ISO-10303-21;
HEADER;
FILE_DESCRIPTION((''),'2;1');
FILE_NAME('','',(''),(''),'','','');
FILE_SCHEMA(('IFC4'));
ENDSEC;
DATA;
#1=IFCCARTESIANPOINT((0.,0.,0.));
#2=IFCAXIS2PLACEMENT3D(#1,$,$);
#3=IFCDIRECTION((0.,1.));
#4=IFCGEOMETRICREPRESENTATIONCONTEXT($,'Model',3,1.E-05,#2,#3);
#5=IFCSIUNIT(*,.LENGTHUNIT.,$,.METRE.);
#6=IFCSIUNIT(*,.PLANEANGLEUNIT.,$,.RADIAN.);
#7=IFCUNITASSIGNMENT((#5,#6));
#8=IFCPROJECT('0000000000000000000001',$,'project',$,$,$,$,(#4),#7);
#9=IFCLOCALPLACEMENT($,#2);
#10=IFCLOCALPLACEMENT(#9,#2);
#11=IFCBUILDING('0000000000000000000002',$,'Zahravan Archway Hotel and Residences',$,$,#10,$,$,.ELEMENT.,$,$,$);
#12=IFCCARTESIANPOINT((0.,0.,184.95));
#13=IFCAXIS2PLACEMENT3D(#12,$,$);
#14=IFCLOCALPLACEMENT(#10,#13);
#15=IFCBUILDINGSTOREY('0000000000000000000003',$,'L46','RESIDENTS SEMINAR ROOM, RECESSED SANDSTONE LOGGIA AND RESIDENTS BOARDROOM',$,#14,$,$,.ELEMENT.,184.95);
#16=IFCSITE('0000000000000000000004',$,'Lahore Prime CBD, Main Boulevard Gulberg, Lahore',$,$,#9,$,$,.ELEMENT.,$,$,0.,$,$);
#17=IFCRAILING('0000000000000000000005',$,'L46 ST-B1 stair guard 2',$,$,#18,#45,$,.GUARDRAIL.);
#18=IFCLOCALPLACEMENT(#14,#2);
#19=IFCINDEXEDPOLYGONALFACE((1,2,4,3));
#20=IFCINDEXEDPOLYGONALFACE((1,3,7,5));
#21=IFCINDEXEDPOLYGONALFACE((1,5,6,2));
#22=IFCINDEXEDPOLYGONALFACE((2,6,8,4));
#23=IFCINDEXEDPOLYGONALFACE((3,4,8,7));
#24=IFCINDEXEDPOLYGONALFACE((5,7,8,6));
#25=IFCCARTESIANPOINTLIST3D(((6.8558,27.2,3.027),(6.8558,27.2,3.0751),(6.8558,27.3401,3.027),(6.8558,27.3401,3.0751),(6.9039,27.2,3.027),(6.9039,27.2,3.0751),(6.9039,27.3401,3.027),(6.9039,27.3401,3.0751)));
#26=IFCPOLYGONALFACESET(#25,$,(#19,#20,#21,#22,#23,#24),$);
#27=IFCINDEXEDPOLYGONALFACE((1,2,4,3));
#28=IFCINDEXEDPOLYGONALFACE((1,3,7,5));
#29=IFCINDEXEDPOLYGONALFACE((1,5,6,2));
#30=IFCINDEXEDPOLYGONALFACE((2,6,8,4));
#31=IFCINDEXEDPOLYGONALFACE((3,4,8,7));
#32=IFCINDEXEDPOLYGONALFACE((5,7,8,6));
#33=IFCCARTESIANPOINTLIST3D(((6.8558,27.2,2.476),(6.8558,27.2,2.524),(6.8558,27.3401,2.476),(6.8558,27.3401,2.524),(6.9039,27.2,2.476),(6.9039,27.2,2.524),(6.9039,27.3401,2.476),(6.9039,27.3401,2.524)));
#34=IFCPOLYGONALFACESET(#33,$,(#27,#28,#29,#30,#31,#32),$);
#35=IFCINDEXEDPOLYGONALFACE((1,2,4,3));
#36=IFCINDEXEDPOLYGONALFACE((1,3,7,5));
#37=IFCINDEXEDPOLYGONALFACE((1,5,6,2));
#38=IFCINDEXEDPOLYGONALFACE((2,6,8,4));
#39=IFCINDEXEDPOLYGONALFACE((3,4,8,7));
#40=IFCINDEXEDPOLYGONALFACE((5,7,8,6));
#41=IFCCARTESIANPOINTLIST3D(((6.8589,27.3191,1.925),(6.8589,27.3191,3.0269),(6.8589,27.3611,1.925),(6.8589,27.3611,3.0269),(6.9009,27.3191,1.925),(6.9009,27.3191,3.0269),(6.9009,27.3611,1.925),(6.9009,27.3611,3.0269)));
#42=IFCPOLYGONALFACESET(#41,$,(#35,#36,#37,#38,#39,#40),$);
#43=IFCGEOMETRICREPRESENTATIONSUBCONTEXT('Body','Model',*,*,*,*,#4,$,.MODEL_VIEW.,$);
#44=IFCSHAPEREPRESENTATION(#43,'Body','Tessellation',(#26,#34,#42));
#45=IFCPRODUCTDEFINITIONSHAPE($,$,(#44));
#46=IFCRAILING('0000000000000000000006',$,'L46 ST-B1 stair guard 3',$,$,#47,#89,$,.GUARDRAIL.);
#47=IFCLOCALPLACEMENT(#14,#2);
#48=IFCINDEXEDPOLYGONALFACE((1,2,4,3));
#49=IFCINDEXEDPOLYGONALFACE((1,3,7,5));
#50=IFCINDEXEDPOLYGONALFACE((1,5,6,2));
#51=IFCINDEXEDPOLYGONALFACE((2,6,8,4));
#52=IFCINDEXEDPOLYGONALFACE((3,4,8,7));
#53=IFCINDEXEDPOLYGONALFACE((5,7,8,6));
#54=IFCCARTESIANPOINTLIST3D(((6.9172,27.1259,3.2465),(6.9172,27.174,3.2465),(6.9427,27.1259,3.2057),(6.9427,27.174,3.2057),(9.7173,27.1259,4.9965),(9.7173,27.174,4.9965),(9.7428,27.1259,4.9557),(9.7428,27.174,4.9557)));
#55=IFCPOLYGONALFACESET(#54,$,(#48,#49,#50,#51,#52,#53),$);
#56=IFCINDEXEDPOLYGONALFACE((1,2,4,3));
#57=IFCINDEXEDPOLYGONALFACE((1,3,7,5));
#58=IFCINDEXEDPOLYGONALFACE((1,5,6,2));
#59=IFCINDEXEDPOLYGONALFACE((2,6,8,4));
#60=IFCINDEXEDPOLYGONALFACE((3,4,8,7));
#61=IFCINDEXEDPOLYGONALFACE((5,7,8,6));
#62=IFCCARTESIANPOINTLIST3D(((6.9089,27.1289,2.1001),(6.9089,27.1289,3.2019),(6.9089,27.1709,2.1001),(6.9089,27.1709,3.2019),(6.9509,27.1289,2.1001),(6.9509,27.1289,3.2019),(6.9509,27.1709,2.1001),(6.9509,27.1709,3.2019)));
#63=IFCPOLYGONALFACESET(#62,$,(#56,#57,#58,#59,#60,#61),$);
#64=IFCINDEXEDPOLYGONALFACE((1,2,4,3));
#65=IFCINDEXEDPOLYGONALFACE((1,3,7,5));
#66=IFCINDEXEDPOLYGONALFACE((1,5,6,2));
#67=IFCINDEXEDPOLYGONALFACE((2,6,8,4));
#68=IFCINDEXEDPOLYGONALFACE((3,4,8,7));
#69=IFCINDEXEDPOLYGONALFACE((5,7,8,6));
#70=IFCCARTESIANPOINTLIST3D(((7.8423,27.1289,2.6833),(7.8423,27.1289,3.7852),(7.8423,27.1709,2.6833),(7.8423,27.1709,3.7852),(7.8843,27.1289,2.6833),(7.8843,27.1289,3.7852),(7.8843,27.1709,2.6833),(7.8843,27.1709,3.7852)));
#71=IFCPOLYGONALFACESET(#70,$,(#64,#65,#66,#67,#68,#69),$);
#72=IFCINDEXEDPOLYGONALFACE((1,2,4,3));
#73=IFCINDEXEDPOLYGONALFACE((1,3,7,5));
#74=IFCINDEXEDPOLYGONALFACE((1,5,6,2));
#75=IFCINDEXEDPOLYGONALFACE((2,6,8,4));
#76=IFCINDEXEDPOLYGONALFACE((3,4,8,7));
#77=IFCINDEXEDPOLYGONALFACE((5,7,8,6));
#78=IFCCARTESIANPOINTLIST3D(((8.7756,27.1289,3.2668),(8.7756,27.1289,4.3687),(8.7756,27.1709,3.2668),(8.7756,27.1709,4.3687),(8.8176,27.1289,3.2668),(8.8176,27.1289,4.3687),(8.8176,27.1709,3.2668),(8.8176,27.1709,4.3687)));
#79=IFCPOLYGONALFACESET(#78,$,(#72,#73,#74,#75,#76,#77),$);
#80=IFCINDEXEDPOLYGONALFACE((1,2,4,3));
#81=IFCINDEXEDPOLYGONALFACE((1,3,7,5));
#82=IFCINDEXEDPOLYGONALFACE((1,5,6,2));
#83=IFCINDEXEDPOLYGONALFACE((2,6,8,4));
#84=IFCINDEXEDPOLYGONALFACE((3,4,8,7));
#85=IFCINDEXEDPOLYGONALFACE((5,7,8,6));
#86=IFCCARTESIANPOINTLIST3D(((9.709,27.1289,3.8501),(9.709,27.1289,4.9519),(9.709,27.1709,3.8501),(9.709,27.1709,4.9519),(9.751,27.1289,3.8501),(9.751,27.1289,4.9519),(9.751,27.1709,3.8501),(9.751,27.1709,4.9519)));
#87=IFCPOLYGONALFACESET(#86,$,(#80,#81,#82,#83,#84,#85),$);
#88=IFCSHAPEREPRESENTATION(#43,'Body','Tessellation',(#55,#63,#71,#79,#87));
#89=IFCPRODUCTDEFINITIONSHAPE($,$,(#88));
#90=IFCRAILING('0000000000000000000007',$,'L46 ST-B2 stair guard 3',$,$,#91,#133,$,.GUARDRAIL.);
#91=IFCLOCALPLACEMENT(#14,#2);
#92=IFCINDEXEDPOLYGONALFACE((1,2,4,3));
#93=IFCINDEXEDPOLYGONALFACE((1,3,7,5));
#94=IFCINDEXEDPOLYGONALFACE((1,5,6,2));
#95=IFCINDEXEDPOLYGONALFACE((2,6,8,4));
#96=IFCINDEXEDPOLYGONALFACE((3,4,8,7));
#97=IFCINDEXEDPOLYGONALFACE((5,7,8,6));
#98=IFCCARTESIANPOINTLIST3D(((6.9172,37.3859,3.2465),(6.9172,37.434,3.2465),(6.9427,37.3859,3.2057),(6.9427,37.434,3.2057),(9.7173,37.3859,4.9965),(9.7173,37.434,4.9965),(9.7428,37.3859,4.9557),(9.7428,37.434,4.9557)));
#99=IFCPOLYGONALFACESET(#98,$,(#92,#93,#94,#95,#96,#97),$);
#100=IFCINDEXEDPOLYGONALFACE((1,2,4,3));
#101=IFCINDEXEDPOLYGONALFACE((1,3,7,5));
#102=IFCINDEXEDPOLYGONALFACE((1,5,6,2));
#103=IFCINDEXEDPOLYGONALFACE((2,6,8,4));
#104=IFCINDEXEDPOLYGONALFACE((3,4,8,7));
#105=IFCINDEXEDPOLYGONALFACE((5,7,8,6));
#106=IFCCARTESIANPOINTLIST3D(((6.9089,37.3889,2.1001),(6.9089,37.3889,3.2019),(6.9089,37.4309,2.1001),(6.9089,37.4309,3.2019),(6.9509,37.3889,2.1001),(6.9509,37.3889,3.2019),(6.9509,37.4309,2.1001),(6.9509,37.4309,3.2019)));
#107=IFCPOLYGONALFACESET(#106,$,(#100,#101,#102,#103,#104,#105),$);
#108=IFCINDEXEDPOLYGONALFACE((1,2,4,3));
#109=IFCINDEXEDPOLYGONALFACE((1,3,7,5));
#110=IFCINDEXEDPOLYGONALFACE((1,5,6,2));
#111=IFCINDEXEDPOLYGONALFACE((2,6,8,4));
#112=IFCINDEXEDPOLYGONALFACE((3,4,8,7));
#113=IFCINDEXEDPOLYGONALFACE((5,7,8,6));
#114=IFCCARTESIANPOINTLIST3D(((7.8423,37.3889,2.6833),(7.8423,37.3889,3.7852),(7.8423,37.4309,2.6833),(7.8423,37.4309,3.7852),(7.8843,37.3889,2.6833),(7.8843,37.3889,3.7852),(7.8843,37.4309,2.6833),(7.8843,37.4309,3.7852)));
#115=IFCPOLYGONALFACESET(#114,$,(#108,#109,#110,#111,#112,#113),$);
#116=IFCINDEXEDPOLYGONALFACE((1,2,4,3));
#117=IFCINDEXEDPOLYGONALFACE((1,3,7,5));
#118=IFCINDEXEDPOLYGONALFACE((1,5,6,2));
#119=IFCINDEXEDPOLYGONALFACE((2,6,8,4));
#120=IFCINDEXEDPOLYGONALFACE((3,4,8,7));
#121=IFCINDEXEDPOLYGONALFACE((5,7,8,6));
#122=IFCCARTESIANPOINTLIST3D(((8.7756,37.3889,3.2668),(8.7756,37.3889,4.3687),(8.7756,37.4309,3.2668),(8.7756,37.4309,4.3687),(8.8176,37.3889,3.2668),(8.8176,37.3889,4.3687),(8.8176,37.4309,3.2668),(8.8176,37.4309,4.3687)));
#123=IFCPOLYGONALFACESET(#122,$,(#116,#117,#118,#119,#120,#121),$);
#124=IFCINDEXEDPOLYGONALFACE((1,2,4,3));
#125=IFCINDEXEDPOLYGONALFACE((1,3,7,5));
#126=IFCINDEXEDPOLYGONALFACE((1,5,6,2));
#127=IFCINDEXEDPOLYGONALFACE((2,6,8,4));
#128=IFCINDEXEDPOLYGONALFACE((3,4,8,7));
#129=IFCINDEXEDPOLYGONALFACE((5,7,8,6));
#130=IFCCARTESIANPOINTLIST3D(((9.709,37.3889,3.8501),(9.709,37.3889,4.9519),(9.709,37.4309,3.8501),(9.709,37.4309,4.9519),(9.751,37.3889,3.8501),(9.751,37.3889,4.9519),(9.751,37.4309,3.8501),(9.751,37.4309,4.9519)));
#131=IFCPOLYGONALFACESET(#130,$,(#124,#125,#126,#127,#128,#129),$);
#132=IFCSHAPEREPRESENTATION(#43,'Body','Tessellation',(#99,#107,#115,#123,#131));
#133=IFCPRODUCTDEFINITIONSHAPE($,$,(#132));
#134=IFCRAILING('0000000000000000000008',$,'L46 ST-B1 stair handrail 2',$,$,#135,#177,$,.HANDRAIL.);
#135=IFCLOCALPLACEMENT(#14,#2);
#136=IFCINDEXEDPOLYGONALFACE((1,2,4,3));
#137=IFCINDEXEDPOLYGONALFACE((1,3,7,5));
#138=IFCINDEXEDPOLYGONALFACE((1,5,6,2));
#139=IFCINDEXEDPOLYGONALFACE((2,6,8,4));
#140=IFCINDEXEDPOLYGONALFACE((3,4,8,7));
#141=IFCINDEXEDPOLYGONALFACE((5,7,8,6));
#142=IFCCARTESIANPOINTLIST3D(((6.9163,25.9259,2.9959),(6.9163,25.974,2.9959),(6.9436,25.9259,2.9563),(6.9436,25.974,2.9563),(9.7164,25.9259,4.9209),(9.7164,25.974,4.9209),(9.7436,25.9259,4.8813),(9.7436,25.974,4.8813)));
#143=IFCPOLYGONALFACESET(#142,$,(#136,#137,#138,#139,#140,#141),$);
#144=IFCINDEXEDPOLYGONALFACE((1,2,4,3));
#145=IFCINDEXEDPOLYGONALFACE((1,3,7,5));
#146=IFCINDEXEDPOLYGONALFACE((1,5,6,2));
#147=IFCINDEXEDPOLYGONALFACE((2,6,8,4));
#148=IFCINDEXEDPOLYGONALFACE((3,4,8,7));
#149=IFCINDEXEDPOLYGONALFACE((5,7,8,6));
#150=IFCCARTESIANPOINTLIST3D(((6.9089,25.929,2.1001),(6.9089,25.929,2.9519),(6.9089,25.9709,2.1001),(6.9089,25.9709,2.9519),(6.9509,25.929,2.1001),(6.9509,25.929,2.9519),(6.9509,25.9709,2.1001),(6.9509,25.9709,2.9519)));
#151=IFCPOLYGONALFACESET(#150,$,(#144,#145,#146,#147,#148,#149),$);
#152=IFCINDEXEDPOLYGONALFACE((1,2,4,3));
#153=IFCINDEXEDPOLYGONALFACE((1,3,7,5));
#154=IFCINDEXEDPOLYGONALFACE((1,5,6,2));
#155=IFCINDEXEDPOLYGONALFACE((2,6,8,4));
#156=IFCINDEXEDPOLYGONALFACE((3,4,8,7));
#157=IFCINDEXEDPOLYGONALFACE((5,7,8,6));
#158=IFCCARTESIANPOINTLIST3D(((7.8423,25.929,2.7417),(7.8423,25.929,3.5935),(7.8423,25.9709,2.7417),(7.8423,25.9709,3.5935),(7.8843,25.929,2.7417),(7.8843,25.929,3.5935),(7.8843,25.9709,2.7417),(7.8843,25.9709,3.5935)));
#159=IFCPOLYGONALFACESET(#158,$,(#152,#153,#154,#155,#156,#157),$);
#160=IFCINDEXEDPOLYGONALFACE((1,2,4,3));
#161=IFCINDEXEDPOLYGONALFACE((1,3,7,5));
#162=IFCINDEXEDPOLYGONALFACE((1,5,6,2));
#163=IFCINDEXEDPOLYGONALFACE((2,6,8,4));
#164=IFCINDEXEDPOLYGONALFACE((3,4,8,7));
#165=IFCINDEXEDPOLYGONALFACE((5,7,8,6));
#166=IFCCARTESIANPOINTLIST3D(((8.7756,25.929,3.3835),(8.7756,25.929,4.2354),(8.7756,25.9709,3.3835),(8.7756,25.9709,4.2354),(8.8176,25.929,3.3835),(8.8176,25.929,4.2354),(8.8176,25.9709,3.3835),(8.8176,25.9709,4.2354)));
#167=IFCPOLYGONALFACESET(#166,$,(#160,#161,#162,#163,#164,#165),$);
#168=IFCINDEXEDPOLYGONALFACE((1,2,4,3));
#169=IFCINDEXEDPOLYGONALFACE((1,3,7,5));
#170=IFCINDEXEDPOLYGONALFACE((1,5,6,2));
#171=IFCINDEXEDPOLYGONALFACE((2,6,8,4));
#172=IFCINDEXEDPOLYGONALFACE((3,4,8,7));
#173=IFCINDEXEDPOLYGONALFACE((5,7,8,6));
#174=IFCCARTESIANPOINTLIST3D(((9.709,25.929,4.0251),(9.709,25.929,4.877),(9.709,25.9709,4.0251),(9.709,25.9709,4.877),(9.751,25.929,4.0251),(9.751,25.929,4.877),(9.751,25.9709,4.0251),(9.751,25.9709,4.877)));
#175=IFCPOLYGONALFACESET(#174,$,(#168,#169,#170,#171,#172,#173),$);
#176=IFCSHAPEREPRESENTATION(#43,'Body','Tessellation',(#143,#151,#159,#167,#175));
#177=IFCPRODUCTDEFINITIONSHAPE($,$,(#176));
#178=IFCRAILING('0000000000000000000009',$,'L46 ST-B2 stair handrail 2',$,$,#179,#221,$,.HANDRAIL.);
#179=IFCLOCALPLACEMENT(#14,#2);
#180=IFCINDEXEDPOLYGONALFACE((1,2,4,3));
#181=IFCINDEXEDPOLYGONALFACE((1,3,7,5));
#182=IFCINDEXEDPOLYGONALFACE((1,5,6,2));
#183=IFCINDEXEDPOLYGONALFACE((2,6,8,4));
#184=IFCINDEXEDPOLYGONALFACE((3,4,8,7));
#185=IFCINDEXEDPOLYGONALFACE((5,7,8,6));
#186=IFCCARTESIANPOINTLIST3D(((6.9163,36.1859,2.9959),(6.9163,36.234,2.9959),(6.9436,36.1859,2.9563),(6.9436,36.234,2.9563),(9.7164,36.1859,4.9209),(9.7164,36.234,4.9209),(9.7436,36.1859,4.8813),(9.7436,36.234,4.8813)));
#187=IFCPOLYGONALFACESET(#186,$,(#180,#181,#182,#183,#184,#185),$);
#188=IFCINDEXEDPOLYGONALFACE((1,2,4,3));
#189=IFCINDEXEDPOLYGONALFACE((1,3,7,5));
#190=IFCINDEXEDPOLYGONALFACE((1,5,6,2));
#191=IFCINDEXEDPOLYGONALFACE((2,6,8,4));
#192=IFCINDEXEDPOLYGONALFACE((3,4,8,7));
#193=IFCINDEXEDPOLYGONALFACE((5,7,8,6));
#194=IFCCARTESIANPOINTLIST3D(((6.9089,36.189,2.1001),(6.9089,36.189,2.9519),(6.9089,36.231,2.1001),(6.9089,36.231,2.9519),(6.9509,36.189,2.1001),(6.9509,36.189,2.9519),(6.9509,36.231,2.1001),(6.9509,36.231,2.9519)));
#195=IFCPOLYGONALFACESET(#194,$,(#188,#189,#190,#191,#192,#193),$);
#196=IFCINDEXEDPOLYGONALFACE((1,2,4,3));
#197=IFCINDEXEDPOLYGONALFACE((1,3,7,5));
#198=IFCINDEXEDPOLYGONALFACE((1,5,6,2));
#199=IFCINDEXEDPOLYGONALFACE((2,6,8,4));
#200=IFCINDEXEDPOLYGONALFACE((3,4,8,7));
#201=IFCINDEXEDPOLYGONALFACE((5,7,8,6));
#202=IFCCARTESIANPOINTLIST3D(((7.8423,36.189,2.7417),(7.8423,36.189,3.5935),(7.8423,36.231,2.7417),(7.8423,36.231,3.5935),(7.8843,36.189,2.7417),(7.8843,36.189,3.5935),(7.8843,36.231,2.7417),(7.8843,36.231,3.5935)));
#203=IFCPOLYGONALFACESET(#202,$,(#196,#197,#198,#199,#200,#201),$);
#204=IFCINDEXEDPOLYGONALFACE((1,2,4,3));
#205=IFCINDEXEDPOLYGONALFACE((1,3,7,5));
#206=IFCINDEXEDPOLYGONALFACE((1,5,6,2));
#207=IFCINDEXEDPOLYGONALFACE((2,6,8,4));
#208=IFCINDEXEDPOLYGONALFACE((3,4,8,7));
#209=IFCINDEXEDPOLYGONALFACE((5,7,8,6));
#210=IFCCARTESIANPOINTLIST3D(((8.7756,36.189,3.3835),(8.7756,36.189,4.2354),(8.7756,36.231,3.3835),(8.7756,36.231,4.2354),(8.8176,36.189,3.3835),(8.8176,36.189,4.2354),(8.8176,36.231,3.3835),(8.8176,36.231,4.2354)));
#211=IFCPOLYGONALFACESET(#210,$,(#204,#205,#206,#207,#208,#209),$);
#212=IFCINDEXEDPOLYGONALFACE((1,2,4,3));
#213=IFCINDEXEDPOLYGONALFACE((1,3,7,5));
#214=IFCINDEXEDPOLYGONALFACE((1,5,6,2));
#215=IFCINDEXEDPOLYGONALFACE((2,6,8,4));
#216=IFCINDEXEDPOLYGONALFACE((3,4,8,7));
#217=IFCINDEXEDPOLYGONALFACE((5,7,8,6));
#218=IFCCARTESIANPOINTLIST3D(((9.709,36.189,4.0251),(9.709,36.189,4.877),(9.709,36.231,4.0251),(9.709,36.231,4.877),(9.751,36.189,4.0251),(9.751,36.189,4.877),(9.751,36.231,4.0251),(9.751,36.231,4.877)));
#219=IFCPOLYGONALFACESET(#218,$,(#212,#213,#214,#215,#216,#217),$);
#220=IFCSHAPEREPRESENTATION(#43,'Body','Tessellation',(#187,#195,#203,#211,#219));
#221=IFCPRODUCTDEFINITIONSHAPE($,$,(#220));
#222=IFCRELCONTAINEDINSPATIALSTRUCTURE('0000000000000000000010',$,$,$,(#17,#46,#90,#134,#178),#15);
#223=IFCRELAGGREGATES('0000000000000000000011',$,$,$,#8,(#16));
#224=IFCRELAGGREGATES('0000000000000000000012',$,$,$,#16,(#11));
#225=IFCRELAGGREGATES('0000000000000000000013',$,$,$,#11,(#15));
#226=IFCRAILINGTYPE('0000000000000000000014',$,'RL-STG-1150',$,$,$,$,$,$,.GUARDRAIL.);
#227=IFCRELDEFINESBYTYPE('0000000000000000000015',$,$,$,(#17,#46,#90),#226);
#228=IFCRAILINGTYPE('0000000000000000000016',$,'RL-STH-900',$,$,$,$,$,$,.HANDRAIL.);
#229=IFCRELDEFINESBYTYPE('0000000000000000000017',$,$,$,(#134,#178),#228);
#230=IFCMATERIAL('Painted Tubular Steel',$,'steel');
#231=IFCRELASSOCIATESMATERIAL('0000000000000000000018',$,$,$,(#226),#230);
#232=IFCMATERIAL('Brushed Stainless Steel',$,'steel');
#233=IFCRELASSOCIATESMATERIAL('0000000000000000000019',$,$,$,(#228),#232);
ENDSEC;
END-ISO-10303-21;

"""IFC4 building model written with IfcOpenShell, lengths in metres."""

from ifc_helpers import new_model, si_unit, direction, frame, origin, origin_2d, place, context, subcontext, project, spatial, rectangle, extrude, material, type_object, element, save


model = new_model("IFC4")

# Units and contexts
model_context = context("Model", 3, precision=1e-05, world=origin(), true_north=direction((0.0, 1.0)))
body_context = subcontext(model_context, "Body", "Model", "MODEL_VIEW")
ifc_project = project(units=[si_unit("LENGTHUNIT", "METRE"), si_unit("PLANEANGLEUNIT", "RADIAN")], contexts=[model_context])

# Site, building, storey
site_placement = place(None, origin())
site = spatial("IfcSite", under=ifc_project, at=site_placement, Name="Lahore Prime CBD, Main Boulevard Gulberg, Lahore", CompositionType="ELEMENT", RefElevation=0.0)
building_placement = place(site_placement, origin())
building = spatial("IfcBuilding", under=site, at=building_placement, Name="Zahravan Archway Hotel and Residences", CompositionType="ELEMENT")
storey_placement = place(building_placement, frame((0.0, 0.0, 184.95)))
storey = spatial("IfcBuildingStorey", under=building, at=storey_placement, Name="L46", Description="RESIDENTS SEMINAR ROOM, RECESSED SANDSTONE LOGGIA AND RESIDENTS BOARDROOM", CompositionType="ELEMENT", Elevation=184.95)

# Shared definitions
ifc_material_1 = material(Name="Brushed Stainless Steel", Category="steel")

# Railings
ifc_material_2 = material(Name="Painted Tubular Steel", Category="steel")
railing_type_1 = type_object("IfcRailingType", Name="RL-STG-1150", PredefinedType="GUARDRAIL", material=ifc_material_2)
railing_1_placement = place(storey_placement, frame((6.8799, 27.3401, 1.925)))
element("IfcRailing", 1, at=railing_1_placement, inside=storey, type_object=railing_type_1, Name="L46 ST-B1 stair guard 2", PredefinedType="GUARDRAIL", context=body_context, shape_type="SweptSolid", body=[
    extrude(rectangle(XDim=0.0481, YDim=0.0481, at=origin_2d()), frame((0.0, 0.0, 1.126), z_axis=(0.0, -1.0, 0.0), x_axis=(1.0, 0.0, 0.0)), (0.0, 0.0, 1.0), 0.1401),
    extrude(rectangle(XDim=0.0481, YDim=0.0481, at=origin_2d()), frame((0.0, 0.0, 0.575), z_axis=(0.0, -1.0, 0.0), x_axis=(1.0, 0.0, 0.0)), (0.0, 0.0, 1.0), 0.1401),
    extrude(rectangle(XDim=0.042, YDim=0.042, at=origin_2d()), origin(), (0.0, 0.0, 1.0), 1.1018),
])
for number, where, name in (
    (2, (6.9299, 27.1499, 2.1001), "L46 ST-B1 stair guard 3"),
    (3, (6.9299, 37.4099, 2.1001), "L46 ST-B2 stair guard 3"),
):
    element("IfcRailing", number, at=place(storey_placement, frame(where)), inside=storey, type_object=railing_type_1, Name=name, PredefinedType="GUARDRAIL", context=body_context, shape_type="SweptSolid", body=[
        extrude(rectangle(XDim=0.0481, YDim=0.0481, at=origin_2d()), frame((0.0, 0.0, 1.126), z_axis=(0.848002, 0.0, 0.529992), x_axis=(0.0, 1.0, 0.0)), (0.0, 0.0, 1.0), 3.302),
        extrude(rectangle(XDim=0.042, YDim=0.042, at=origin_2d()), origin(), (0.0, 0.0, 1.0), 1.1018),
        extrude(rectangle(XDim=0.042, YDim=0.042, at=origin_2d()), frame((0.9333, 0.0, 0.5833)), (0.0, 0.0, 1.0), 1.1018),
        extrude(rectangle(XDim=0.042, YDim=0.042, at=origin_2d()), frame((1.8667, 0.0, 1.1667)), (0.0, 0.0, 1.0), 1.1018),
        extrude(rectangle(XDim=0.042, YDim=0.042, at=origin_2d()), frame((2.8, 0.0, 1.75)), (0.0, 0.0, 1.0), 1.1018),
    ])
railing_type_2 = type_object("IfcRailingType", Name="RL-STH-900", PredefinedType="HANDRAIL", material=ifc_material_1)
for number, where, name in (
    (4, (6.9299, 25.95, 2.1001), "L46 ST-B1 stair handrail 2"),
    (5, (6.9299, 36.21, 2.1001), "L46 ST-B2 stair handrail 2"),
):
    element("IfcRailing", number, at=place(storey_placement, frame(where)), inside=storey, type_object=railing_type_2, Name=name, PredefinedType="HANDRAIL", context=body_context, shape_type="SweptSolid", body=[
        extrude(rectangle(XDim=0.0481, YDim=0.0481, at=origin_2d()), frame((0.0, 0.0, 0.876), z_axis=(0.82404, 0.0, 0.566532), x_axis=(0.0, 1.0, 0.0)), (0.0, 0.0, 1.0), 3.3979),
        extrude(rectangle(XDim=0.042, YDim=0.042, at=origin_2d()), origin(), (0.0, 0.0, 1.0), 0.8518),
        extrude(rectangle(XDim=0.042, YDim=0.042, at=origin_2d()), frame((0.9333, 0.0, 0.6416)), (0.0, 0.0, 1.0), 0.8518),
        extrude(rectangle(XDim=0.042, YDim=0.042, at=origin_2d()), frame((1.8667, 0.0, 1.2834)), (0.0, 0.0, 1.0), 0.8518),
        extrude(rectangle(XDim=0.042, YDim=0.042, at=origin_2d()), frame((2.8, 0.0, 1.925)), (0.0, 0.0, 1.0), 0.8518),
    ])

save(model, "model.ifc")
